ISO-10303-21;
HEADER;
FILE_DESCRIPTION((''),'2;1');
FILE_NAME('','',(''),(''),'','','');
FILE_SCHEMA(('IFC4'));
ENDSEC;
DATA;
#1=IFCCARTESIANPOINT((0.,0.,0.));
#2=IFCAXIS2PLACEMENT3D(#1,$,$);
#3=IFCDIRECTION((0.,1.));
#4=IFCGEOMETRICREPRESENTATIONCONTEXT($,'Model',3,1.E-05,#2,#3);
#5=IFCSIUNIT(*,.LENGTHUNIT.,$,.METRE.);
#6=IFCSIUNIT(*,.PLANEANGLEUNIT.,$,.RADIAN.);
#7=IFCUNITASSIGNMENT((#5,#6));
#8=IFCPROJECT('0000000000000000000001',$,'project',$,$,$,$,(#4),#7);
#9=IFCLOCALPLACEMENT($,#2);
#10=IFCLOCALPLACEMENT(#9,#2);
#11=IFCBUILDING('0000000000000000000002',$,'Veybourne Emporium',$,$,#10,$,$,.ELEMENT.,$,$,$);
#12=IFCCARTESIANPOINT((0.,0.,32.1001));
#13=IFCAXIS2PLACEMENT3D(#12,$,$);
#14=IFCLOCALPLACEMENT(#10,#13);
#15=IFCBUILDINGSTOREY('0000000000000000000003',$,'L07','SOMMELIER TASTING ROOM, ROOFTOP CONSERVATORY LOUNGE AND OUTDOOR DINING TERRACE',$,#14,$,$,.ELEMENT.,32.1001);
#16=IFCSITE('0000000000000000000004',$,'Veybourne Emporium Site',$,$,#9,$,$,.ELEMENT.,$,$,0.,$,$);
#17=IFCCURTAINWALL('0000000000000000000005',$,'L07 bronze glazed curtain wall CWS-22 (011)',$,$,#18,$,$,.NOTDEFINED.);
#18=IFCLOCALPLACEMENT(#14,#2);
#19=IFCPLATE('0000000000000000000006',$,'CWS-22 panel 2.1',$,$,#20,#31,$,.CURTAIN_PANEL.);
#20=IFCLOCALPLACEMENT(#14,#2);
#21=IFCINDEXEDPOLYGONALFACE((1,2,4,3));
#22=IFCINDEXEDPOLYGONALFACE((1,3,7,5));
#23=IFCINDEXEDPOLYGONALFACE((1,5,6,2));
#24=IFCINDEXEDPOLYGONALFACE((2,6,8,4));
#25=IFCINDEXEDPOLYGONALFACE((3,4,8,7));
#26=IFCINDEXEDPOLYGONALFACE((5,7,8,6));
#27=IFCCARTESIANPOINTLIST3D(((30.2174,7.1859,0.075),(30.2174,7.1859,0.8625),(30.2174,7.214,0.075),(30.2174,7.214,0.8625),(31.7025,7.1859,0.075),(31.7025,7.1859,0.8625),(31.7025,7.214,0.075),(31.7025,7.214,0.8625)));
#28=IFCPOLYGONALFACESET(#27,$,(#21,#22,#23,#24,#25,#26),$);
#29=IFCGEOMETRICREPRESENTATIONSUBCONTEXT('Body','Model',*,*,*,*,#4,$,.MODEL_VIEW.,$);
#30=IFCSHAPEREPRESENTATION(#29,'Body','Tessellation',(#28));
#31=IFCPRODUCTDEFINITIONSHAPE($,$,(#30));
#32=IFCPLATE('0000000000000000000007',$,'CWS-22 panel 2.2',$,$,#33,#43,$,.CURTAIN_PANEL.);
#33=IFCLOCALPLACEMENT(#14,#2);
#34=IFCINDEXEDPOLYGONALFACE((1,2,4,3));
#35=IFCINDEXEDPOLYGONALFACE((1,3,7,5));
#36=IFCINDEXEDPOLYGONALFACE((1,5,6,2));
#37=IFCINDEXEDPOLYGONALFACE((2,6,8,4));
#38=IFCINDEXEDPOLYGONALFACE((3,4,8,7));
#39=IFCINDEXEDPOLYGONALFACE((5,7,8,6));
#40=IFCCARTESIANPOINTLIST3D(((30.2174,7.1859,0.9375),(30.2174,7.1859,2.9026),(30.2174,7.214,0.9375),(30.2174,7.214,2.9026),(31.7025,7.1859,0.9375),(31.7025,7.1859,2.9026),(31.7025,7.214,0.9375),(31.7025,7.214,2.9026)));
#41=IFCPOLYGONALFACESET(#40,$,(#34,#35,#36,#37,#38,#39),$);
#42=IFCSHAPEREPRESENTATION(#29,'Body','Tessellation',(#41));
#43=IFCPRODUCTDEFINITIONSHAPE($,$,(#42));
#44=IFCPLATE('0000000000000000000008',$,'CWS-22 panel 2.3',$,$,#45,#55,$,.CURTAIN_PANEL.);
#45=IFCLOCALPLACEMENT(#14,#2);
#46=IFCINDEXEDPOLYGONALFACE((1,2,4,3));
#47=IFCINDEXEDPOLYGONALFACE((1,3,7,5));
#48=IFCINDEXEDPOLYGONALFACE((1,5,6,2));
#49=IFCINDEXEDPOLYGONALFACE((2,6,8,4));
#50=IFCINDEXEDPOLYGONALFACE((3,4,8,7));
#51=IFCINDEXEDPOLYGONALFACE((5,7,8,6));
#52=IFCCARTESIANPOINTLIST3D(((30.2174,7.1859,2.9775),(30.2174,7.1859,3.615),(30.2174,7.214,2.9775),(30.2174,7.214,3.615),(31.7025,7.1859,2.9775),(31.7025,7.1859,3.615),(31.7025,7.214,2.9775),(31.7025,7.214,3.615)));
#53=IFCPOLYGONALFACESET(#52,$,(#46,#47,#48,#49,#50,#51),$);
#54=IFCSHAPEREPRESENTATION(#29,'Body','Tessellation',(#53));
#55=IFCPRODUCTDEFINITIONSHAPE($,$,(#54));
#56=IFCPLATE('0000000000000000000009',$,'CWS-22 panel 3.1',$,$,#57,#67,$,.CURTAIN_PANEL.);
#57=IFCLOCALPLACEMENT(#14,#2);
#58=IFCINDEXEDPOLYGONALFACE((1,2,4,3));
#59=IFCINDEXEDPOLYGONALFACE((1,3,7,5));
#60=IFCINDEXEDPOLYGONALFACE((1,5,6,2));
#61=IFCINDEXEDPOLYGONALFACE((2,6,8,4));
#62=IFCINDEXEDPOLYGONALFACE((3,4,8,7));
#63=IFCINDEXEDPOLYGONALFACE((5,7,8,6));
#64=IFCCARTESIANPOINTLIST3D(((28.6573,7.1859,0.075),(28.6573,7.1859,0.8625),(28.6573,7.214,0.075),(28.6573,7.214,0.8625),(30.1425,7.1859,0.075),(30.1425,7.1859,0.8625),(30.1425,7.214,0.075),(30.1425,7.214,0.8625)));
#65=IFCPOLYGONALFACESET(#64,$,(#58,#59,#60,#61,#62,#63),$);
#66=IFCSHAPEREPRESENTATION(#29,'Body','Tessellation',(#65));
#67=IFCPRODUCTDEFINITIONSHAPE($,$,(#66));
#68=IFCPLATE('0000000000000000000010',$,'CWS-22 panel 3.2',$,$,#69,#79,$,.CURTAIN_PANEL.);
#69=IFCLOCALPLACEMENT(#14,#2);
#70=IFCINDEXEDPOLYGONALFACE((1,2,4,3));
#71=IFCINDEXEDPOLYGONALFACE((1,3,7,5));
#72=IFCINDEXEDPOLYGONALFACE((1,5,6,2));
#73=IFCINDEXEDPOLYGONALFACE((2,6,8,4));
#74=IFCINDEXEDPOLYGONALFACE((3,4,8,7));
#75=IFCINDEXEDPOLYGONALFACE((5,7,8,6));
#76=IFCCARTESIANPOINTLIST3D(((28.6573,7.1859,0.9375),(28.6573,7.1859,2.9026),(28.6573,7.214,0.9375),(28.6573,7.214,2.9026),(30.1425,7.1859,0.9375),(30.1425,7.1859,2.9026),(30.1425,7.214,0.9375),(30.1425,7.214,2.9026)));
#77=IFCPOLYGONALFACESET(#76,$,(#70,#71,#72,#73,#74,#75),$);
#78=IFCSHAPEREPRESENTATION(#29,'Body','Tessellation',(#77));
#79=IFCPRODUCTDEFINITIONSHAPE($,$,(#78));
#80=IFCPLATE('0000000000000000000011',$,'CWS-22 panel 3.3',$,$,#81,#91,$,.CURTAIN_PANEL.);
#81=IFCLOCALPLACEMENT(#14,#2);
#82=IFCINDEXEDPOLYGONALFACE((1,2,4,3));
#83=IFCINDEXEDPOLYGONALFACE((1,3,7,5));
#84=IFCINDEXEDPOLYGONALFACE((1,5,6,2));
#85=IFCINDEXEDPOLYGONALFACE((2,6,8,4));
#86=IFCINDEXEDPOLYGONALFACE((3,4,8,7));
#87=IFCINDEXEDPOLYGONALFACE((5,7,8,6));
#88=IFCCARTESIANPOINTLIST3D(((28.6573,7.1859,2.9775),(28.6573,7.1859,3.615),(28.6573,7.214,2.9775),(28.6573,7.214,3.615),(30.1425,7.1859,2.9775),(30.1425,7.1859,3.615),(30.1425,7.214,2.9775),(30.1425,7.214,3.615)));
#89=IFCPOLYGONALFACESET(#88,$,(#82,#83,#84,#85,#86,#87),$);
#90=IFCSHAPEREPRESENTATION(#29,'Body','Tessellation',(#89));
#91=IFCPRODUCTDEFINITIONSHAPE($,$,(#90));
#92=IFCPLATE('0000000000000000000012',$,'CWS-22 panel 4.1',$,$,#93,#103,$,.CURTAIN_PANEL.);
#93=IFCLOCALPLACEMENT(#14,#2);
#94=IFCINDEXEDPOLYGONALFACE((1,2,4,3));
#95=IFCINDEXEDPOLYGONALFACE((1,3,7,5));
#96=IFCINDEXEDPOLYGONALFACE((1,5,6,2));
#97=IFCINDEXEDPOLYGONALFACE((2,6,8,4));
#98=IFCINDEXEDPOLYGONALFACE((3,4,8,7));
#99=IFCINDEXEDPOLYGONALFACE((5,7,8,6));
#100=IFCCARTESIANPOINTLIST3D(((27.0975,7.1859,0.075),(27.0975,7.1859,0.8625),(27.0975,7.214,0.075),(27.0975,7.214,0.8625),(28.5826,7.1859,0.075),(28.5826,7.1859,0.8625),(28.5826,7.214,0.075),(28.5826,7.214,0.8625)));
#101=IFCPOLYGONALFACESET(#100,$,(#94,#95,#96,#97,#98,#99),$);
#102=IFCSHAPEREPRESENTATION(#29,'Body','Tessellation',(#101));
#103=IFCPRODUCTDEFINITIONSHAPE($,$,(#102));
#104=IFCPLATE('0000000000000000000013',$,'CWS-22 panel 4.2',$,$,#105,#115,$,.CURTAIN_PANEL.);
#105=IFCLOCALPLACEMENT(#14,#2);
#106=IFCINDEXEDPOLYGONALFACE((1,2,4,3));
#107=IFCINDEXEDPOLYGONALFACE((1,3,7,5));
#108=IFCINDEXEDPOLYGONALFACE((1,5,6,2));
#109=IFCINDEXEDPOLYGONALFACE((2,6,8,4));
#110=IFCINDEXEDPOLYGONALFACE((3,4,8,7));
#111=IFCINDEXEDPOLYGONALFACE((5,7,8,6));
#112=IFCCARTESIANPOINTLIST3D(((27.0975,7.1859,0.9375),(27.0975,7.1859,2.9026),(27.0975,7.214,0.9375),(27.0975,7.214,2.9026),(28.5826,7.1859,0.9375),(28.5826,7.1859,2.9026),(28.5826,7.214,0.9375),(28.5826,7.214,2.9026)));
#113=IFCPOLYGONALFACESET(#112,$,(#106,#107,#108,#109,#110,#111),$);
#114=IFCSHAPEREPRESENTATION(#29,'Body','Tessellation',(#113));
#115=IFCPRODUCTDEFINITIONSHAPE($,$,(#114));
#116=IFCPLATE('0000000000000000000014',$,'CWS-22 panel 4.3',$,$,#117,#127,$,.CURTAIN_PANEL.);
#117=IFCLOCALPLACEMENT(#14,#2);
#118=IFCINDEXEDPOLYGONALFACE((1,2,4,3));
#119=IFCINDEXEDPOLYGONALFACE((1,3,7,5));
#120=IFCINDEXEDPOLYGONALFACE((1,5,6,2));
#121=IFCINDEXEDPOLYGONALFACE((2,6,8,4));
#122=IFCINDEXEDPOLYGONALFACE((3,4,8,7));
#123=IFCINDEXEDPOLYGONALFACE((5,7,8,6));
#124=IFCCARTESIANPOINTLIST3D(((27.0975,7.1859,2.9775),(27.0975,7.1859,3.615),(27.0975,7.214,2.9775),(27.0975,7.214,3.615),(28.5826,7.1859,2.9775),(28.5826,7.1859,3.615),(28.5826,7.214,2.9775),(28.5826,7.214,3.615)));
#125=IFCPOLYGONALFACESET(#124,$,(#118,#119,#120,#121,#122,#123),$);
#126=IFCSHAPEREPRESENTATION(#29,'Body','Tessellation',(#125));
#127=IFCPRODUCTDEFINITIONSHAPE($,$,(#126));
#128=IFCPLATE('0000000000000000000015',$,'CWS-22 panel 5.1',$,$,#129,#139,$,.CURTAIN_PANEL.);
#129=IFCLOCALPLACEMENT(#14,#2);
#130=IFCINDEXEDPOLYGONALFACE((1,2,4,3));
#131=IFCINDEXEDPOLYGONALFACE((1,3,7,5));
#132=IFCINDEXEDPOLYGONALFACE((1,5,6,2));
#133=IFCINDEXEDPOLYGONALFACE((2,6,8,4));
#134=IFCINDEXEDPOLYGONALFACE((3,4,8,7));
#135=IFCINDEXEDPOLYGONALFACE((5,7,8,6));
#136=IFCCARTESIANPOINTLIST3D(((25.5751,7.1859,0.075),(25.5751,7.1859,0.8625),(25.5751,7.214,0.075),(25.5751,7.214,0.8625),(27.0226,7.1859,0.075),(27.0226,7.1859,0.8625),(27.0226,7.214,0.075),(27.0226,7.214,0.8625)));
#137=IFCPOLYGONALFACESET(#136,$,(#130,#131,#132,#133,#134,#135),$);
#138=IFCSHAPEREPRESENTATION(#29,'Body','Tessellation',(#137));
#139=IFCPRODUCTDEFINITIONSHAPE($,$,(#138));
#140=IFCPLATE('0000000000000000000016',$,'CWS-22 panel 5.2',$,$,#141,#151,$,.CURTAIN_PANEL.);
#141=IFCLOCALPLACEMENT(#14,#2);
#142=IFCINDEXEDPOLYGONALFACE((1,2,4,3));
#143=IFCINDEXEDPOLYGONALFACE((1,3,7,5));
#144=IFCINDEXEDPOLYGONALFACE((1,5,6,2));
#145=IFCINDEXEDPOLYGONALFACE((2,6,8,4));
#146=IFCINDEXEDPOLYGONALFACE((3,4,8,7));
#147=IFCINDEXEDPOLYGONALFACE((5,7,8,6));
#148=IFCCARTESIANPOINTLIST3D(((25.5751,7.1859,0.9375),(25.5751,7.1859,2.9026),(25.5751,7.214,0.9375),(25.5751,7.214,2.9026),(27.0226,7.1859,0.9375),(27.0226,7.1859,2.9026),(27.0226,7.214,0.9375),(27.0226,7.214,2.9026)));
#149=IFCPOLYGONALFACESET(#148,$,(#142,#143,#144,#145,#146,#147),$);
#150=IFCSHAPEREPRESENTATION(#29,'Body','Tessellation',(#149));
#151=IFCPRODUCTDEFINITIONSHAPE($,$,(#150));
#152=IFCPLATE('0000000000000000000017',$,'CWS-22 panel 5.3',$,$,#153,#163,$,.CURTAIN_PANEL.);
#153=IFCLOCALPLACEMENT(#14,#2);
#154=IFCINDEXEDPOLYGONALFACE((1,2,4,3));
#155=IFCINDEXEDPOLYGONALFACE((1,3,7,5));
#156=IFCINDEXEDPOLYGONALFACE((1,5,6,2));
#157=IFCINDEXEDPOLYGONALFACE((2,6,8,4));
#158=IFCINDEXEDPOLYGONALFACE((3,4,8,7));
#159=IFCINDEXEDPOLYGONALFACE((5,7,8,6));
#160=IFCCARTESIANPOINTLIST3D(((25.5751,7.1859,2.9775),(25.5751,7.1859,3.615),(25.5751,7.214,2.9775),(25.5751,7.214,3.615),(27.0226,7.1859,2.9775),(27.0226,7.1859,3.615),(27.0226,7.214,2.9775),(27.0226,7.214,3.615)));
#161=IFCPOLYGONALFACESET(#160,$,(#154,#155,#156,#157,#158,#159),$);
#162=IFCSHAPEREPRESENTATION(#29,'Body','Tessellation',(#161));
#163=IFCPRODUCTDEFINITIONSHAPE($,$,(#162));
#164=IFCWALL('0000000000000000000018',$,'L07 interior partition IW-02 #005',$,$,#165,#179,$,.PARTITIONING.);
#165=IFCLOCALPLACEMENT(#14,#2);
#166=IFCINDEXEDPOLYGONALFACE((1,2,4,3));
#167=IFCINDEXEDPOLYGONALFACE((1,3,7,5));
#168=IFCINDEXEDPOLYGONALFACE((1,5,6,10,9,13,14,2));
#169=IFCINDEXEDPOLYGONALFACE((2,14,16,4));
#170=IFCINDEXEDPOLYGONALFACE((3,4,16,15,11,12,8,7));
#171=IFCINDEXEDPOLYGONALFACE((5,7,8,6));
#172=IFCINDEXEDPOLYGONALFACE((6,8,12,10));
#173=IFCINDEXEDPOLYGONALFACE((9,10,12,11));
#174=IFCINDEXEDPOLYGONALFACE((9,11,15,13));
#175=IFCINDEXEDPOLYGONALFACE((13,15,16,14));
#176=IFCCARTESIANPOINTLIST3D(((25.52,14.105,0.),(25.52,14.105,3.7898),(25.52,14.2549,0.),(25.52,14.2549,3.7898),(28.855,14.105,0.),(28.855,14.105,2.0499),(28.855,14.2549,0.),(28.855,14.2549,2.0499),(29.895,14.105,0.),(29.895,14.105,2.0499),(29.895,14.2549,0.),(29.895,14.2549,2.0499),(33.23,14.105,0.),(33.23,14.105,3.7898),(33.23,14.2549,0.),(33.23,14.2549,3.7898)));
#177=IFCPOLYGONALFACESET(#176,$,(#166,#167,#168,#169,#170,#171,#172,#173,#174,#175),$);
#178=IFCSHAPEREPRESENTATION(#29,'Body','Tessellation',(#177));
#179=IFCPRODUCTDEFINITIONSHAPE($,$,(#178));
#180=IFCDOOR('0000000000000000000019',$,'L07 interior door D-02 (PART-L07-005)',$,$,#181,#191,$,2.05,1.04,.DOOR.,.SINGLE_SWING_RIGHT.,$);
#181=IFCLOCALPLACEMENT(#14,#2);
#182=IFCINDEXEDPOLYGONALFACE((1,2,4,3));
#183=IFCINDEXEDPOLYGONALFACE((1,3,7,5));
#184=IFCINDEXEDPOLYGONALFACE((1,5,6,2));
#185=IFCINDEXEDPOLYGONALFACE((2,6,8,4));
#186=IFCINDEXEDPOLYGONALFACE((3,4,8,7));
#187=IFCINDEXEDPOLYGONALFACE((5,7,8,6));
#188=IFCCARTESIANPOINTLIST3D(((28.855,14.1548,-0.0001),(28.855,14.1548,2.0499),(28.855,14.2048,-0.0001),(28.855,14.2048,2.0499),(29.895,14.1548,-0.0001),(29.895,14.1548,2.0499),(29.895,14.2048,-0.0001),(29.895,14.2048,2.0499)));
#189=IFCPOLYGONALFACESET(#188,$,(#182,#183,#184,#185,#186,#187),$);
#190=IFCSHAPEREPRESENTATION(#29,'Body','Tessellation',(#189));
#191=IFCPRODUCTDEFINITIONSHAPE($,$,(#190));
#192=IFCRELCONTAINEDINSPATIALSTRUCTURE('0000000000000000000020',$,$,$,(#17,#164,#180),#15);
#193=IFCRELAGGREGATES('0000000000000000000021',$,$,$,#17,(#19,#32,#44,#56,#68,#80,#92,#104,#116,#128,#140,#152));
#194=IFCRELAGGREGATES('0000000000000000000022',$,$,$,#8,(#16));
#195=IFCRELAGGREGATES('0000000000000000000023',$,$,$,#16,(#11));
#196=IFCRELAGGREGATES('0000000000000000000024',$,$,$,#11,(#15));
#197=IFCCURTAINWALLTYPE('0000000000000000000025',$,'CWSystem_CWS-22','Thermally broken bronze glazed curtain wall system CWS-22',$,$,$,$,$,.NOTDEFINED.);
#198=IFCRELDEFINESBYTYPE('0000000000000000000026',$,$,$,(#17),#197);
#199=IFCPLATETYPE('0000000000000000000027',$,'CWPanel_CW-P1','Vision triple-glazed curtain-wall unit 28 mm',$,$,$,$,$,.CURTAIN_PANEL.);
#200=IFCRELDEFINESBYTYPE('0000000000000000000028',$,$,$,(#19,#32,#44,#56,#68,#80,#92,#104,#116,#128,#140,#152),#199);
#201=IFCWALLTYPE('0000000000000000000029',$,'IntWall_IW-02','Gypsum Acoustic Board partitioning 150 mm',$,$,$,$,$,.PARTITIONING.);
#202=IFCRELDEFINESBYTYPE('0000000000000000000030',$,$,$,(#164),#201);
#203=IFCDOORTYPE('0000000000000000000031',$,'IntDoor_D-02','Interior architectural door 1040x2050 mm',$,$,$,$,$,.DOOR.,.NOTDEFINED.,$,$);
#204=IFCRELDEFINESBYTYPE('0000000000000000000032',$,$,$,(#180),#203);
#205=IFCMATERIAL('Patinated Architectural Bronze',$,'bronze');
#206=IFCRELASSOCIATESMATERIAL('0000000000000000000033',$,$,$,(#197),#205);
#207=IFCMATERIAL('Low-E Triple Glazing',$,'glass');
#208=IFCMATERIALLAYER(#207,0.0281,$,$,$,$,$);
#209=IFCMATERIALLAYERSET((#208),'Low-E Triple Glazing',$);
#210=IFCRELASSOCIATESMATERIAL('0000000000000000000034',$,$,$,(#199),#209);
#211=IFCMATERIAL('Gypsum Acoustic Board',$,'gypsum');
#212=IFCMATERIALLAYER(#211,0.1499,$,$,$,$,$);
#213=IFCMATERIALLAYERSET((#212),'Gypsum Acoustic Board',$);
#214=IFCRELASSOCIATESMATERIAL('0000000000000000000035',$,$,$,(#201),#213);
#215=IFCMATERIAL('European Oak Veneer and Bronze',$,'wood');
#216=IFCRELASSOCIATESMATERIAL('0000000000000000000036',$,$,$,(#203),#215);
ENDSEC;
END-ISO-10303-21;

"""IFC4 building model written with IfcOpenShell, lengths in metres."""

from ifc_helpers import new_model, si_unit, direction, frame, frame_2d, origin, origin_2d, place, context, subcontext, project, spatial, rectangle, extrude, material, layer, layer_set, type_object, element, fill, aggregate, save


model = new_model("IFC4")

# Units and contexts
model_context = context("Model", 3, precision=1e-05, world=origin(), true_north=direction((0.0, 1.0)))
body_context = subcontext(model_context, "Body", "Model", "MODEL_VIEW")
ifc_project = project(units=[si_unit("LENGTHUNIT", "METRE"), si_unit("PLANEANGLEUNIT", "RADIAN")], contexts=[model_context])

# Site, building, storey
site_placement = place(None, origin())
site = spatial("IfcSite", under=ifc_project, at=site_placement, Name="Veybourne Emporium Site", CompositionType="ELEMENT", RefElevation=0.0)
building_placement = place(site_placement, origin())
building = spatial("IfcBuilding", under=site, at=building_placement, Name="Veybourne Emporium", CompositionType="ELEMENT")
storey_placement = place(building_placement, frame((0.0, 0.0, 32.1001)))
storey = spatial("IfcBuildingStorey", under=building, at=storey_placement, Name="L07", Description="SOMMELIER TASTING ROOM, ROOFTOP CONSERVATORY LOUNGE AND OUTDOOR DINING TERRACE", CompositionType="ELEMENT", Elevation=32.1001)

# Curtain wall
ifc_material_1 = material(Name="Patinated Architectural Bronze", Category="bronze")
curtain_wall_type = type_object("IfcCurtainWallType", Name="CWSystem_CWS-22", Description="Thermally broken bronze glazed curtain wall system CWS-22", PredefinedType="NOTDEFINED", material=ifc_material_1)
curtain_wall_placement = place(storey_placement, origin())
curtain_wall = element("IfcCurtainWall", 1, at=curtain_wall_placement, inside=storey, type_object=curtain_wall_type, Name="L07 bronze glazed curtain wall CWS-22 (011)", PredefinedType="NOTDEFINED")

# Plates
ifc_material_2 = material(Name="Low-E Triple Glazing", Category="glass")
ifc_layer_1 = layer(ifc_material_2, 0.0281)
ifc_layer_set_1 = layer_set([ifc_layer_1], Name="Low-E Triple Glazing")
plate_type = type_object("IfcPlateType", Name="CWPanel_CW-P1", Description="Vision triple-glazed curtain-wall unit 28 mm", PredefinedType="CURTAIN_PANEL", material=ifc_layer_set_1)
plate_1_placement = place(storey_placement, frame((30.96, 7.2, 0.075), z_axis=(0.0, 0.0, 1.0), x_axis=(-1.0, 0.0, 0.0)))
plate_1 = element("IfcPlate", 2, at=plate_1_placement, type_object=plate_type, Name="CWS-22 panel 2.1", PredefinedType="CURTAIN_PANEL", context=body_context, shape_type="SweptSolid", body=[
    extrude(rectangle(XDim=1.4851, YDim=0.0281, at=origin_2d()), origin(), (0.0, 0.0, 1.0), 0.7876),
])
plate_2_placement = place(storey_placement, frame((30.96, 7.2, 0.9375), z_axis=(0.0, 0.0, 1.0), x_axis=(-1.0, 0.0, 0.0)))
plate_2 = element("IfcPlate", 3, at=plate_2_placement, type_object=plate_type, Name="CWS-22 panel 2.2", PredefinedType="CURTAIN_PANEL", context=body_context, shape_type="SweptSolid", body=[
    extrude(rectangle(XDim=1.4851, YDim=0.0281, at=origin_2d()), origin(), (0.0, 0.0, 1.0), 1.9651),
])
plate_3_placement = place(storey_placement, frame((30.96, 7.2, 2.9775), z_axis=(0.0, 0.0, 1.0), x_axis=(-1.0, 0.0, 0.0)))
plate_3 = element("IfcPlate", 4, at=plate_3_placement, type_object=plate_type, Name="CWS-22 panel 2.3", PredefinedType="CURTAIN_PANEL", context=body_context, shape_type="SweptSolid", body=[
    extrude(rectangle(XDim=1.4851, YDim=0.0281, at=origin_2d()), origin(), (0.0, 0.0, 1.0), 0.6375),
])
plate_4_placement = place(storey_placement, frame((29.3999, 7.2, 0.075), z_axis=(0.0, 0.0, 1.0), x_axis=(-1.0, 0.0, 0.0)))
plate_4 = element("IfcPlate", 5, at=plate_4_placement, type_object=plate_type, Name="CWS-22 panel 3.1", PredefinedType="CURTAIN_PANEL", context=body_context, shape_type="SweptSolid", body=[
    extrude(rectangle(XDim=1.4851, YDim=0.0281, at=origin_2d()), origin(), (0.0, 0.0, 1.0), 0.7876),
])
plate_5_placement = place(storey_placement, frame((29.3999, 7.2, 0.9375), z_axis=(0.0, 0.0, 1.0), x_axis=(-1.0, 0.0, 0.0)))
plate_5 = element("IfcPlate", 6, at=plate_5_placement, type_object=plate_type, Name="CWS-22 panel 3.2", PredefinedType="CURTAIN_PANEL", context=body_context, shape_type="SweptSolid", body=[
    extrude(rectangle(XDim=1.4851, YDim=0.0281, at=origin_2d()), origin(), (0.0, 0.0, 1.0), 1.9651),
])
plate_6_placement = place(storey_placement, frame((29.3999, 7.2, 2.9775), z_axis=(0.0, 0.0, 1.0), x_axis=(-1.0, 0.0, 0.0)))
plate_6 = element("IfcPlate", 7, at=plate_6_placement, type_object=plate_type, Name="CWS-22 panel 3.3", PredefinedType="CURTAIN_PANEL", context=body_context, shape_type="SweptSolid", body=[
    extrude(rectangle(XDim=1.4851, YDim=0.0281, at=origin_2d()), origin(), (0.0, 0.0, 1.0), 0.6375),
])
plate_7_placement = place(storey_placement, frame((27.8401, 7.2, 0.075), z_axis=(0.0, 0.0, 1.0), x_axis=(-1.0, 0.0, 0.0)))
plate_7 = element("IfcPlate", 8, at=plate_7_placement, type_object=plate_type, Name="CWS-22 panel 4.1", PredefinedType="CURTAIN_PANEL", context=body_context, shape_type="SweptSolid", body=[
    extrude(rectangle(XDim=1.4851, YDim=0.0281, at=origin_2d()), origin(), (0.0, 0.0, 1.0), 0.7876),
])
plate_8_placement = place(storey_placement, frame((27.8401, 7.2, 0.9375), z_axis=(0.0, 0.0, 1.0), x_axis=(-1.0, 0.0, 0.0)))
plate_8 = element("IfcPlate", 9, at=plate_8_placement, type_object=plate_type, Name="CWS-22 panel 4.2", PredefinedType="CURTAIN_PANEL", context=body_context, shape_type="SweptSolid", body=[
    extrude(rectangle(XDim=1.4851, YDim=0.0281, at=origin_2d()), origin(), (0.0, 0.0, 1.0), 1.9651),
])
plate_9_placement = place(storey_placement, frame((27.8401, 7.2, 2.9775), z_axis=(0.0, 0.0, 1.0), x_axis=(-1.0, 0.0, 0.0)))
plate_9 = element("IfcPlate", 10, at=plate_9_placement, type_object=plate_type, Name="CWS-22 panel 4.3", PredefinedType="CURTAIN_PANEL", context=body_context, shape_type="SweptSolid", body=[
    extrude(rectangle(XDim=1.4851, YDim=0.0281, at=origin_2d()), origin(), (0.0, 0.0, 1.0), 0.6375),
])
plate_10_placement = place(storey_placement, frame((26.2988, 7.2, 0.075), z_axis=(0.0, 0.0, 1.0), x_axis=(-1.0, 0.0, 0.0)))
plate_10 = element("IfcPlate", 11, at=plate_10_placement, type_object=plate_type, Name="CWS-22 panel 5.1", PredefinedType="CURTAIN_PANEL", context=body_context, shape_type="SweptSolid", body=[
    extrude(rectangle(XDim=1.4475, YDim=0.0281, at=origin_2d()), origin(), (0.0, 0.0, 1.0), 0.7876),
])
plate_11_placement = place(storey_placement, frame((26.2988, 7.2, 0.9375), z_axis=(0.0, 0.0, 1.0), x_axis=(-1.0, 0.0, 0.0)))
plate_11 = element("IfcPlate", 12, at=plate_11_placement, type_object=plate_type, Name="CWS-22 panel 5.2", PredefinedType="CURTAIN_PANEL", context=body_context, shape_type="SweptSolid", body=[
    extrude(rectangle(XDim=1.4475, YDim=0.0281, at=origin_2d()), origin(), (0.0, 0.0, 1.0), 1.9651),
])
plate_12_placement = place(storey_placement, frame((26.2988, 7.2, 2.9775), z_axis=(0.0, 0.0, 1.0), x_axis=(-1.0, 0.0, 0.0)))
plate_12 = element("IfcPlate", 13, at=plate_12_placement, type_object=plate_type, Name="CWS-22 panel 5.3", PredefinedType="CURTAIN_PANEL", context=body_context, shape_type="SweptSolid", body=[
    extrude(rectangle(XDim=1.4475, YDim=0.0281, at=origin_2d()), origin(), (0.0, 0.0, 1.0), 0.6375),
])
aggregate(curtain_wall, [plate_1, plate_2, plate_3, plate_4, plate_5, plate_6, plate_7, plate_8, plate_9, plate_10, plate_11, plate_12])

# Wall, opening, door
ifc_material_3 = material(Name="Gypsum Acoustic Board", Category="gypsum")
ifc_layer_2 = layer(ifc_material_3, 0.1499)
ifc_layer_set_2 = layer_set([ifc_layer_2], Name="Gypsum Acoustic Board")
wall_type = type_object("IfcWallType", Name="IntWall_IW-02", Description="Gypsum Acoustic Board partitioning 150 mm", PredefinedType="PARTITIONING", material=ifc_layer_set_2)
wall_placement = place(storey_placement, frame((25.52, 14.1799, 0.0), z_axis=(0.0, 0.0, 1.0), x_axis=(1.0, 0.0, 0.0)))
wall = element("IfcWall", 14, at=wall_placement, inside=storey, type_object=wall_type, Name="L07 interior partition IW-02 #005", PredefinedType="PARTITIONING", context=body_context, shape_type="SweptSolid", body=[
    extrude(rectangle(XDim=7.71, YDim=0.1499, at=frame_2d((3.855, 0.0))), origin(), (0.0, 0.0, 1.0), 3.7898),
])
opening_placement = place(wall_placement, frame((3.335, 0.0, 0.0)))
opening = element("IfcOpeningElement", 15, at=opening_placement, cuts=wall, PredefinedType="OPENING", context=body_context, shape_type="SweptSolid", body=[
    extrude(rectangle(XDim=1.04, YDim=2.05, at=frame_2d((0.52, 1.0249))), frame((0.0, 0.095, 0.0), z_axis=(0.0, -1.0, 0.0), x_axis=(1.0, 0.0, 0.0)), (0.0, 0.0, 1.0), 0.1899),
])
ifc_material_4 = material(Name="European Oak Veneer and Bronze", Category="wood")
door_type = type_object("IfcDoorType", Name="IntDoor_D-02", Description="Interior architectural door 1040x2050 mm", OperationType="NOTDEFINED", PredefinedType="DOOR", material=ifc_material_4)
door_placement = place(opening_placement, origin())
door = element("IfcDoor", 16, at=door_placement, inside=storey, type_object=door_type, Name="L07 interior door D-02 (PART-L07-005)", OperationType="SINGLE_SWING_RIGHT", OverallHeight=2.05, OverallWidth=1.04, PredefinedType="DOOR", context=body_context, shape_type="SweptSolid", body=[
    extrude(rectangle(XDim=1.04, YDim=2.05, at=frame_2d((0.52, 1.0249))), frame((0.0, 0.0249, 0.0), z_axis=(0.0, -1.0, 0.0), x_axis=(1.0, 0.0, 0.0)), (0.0, 0.0, 1.0), 0.05),
])
fill(opening, door)

save(model, "model.ifc")
